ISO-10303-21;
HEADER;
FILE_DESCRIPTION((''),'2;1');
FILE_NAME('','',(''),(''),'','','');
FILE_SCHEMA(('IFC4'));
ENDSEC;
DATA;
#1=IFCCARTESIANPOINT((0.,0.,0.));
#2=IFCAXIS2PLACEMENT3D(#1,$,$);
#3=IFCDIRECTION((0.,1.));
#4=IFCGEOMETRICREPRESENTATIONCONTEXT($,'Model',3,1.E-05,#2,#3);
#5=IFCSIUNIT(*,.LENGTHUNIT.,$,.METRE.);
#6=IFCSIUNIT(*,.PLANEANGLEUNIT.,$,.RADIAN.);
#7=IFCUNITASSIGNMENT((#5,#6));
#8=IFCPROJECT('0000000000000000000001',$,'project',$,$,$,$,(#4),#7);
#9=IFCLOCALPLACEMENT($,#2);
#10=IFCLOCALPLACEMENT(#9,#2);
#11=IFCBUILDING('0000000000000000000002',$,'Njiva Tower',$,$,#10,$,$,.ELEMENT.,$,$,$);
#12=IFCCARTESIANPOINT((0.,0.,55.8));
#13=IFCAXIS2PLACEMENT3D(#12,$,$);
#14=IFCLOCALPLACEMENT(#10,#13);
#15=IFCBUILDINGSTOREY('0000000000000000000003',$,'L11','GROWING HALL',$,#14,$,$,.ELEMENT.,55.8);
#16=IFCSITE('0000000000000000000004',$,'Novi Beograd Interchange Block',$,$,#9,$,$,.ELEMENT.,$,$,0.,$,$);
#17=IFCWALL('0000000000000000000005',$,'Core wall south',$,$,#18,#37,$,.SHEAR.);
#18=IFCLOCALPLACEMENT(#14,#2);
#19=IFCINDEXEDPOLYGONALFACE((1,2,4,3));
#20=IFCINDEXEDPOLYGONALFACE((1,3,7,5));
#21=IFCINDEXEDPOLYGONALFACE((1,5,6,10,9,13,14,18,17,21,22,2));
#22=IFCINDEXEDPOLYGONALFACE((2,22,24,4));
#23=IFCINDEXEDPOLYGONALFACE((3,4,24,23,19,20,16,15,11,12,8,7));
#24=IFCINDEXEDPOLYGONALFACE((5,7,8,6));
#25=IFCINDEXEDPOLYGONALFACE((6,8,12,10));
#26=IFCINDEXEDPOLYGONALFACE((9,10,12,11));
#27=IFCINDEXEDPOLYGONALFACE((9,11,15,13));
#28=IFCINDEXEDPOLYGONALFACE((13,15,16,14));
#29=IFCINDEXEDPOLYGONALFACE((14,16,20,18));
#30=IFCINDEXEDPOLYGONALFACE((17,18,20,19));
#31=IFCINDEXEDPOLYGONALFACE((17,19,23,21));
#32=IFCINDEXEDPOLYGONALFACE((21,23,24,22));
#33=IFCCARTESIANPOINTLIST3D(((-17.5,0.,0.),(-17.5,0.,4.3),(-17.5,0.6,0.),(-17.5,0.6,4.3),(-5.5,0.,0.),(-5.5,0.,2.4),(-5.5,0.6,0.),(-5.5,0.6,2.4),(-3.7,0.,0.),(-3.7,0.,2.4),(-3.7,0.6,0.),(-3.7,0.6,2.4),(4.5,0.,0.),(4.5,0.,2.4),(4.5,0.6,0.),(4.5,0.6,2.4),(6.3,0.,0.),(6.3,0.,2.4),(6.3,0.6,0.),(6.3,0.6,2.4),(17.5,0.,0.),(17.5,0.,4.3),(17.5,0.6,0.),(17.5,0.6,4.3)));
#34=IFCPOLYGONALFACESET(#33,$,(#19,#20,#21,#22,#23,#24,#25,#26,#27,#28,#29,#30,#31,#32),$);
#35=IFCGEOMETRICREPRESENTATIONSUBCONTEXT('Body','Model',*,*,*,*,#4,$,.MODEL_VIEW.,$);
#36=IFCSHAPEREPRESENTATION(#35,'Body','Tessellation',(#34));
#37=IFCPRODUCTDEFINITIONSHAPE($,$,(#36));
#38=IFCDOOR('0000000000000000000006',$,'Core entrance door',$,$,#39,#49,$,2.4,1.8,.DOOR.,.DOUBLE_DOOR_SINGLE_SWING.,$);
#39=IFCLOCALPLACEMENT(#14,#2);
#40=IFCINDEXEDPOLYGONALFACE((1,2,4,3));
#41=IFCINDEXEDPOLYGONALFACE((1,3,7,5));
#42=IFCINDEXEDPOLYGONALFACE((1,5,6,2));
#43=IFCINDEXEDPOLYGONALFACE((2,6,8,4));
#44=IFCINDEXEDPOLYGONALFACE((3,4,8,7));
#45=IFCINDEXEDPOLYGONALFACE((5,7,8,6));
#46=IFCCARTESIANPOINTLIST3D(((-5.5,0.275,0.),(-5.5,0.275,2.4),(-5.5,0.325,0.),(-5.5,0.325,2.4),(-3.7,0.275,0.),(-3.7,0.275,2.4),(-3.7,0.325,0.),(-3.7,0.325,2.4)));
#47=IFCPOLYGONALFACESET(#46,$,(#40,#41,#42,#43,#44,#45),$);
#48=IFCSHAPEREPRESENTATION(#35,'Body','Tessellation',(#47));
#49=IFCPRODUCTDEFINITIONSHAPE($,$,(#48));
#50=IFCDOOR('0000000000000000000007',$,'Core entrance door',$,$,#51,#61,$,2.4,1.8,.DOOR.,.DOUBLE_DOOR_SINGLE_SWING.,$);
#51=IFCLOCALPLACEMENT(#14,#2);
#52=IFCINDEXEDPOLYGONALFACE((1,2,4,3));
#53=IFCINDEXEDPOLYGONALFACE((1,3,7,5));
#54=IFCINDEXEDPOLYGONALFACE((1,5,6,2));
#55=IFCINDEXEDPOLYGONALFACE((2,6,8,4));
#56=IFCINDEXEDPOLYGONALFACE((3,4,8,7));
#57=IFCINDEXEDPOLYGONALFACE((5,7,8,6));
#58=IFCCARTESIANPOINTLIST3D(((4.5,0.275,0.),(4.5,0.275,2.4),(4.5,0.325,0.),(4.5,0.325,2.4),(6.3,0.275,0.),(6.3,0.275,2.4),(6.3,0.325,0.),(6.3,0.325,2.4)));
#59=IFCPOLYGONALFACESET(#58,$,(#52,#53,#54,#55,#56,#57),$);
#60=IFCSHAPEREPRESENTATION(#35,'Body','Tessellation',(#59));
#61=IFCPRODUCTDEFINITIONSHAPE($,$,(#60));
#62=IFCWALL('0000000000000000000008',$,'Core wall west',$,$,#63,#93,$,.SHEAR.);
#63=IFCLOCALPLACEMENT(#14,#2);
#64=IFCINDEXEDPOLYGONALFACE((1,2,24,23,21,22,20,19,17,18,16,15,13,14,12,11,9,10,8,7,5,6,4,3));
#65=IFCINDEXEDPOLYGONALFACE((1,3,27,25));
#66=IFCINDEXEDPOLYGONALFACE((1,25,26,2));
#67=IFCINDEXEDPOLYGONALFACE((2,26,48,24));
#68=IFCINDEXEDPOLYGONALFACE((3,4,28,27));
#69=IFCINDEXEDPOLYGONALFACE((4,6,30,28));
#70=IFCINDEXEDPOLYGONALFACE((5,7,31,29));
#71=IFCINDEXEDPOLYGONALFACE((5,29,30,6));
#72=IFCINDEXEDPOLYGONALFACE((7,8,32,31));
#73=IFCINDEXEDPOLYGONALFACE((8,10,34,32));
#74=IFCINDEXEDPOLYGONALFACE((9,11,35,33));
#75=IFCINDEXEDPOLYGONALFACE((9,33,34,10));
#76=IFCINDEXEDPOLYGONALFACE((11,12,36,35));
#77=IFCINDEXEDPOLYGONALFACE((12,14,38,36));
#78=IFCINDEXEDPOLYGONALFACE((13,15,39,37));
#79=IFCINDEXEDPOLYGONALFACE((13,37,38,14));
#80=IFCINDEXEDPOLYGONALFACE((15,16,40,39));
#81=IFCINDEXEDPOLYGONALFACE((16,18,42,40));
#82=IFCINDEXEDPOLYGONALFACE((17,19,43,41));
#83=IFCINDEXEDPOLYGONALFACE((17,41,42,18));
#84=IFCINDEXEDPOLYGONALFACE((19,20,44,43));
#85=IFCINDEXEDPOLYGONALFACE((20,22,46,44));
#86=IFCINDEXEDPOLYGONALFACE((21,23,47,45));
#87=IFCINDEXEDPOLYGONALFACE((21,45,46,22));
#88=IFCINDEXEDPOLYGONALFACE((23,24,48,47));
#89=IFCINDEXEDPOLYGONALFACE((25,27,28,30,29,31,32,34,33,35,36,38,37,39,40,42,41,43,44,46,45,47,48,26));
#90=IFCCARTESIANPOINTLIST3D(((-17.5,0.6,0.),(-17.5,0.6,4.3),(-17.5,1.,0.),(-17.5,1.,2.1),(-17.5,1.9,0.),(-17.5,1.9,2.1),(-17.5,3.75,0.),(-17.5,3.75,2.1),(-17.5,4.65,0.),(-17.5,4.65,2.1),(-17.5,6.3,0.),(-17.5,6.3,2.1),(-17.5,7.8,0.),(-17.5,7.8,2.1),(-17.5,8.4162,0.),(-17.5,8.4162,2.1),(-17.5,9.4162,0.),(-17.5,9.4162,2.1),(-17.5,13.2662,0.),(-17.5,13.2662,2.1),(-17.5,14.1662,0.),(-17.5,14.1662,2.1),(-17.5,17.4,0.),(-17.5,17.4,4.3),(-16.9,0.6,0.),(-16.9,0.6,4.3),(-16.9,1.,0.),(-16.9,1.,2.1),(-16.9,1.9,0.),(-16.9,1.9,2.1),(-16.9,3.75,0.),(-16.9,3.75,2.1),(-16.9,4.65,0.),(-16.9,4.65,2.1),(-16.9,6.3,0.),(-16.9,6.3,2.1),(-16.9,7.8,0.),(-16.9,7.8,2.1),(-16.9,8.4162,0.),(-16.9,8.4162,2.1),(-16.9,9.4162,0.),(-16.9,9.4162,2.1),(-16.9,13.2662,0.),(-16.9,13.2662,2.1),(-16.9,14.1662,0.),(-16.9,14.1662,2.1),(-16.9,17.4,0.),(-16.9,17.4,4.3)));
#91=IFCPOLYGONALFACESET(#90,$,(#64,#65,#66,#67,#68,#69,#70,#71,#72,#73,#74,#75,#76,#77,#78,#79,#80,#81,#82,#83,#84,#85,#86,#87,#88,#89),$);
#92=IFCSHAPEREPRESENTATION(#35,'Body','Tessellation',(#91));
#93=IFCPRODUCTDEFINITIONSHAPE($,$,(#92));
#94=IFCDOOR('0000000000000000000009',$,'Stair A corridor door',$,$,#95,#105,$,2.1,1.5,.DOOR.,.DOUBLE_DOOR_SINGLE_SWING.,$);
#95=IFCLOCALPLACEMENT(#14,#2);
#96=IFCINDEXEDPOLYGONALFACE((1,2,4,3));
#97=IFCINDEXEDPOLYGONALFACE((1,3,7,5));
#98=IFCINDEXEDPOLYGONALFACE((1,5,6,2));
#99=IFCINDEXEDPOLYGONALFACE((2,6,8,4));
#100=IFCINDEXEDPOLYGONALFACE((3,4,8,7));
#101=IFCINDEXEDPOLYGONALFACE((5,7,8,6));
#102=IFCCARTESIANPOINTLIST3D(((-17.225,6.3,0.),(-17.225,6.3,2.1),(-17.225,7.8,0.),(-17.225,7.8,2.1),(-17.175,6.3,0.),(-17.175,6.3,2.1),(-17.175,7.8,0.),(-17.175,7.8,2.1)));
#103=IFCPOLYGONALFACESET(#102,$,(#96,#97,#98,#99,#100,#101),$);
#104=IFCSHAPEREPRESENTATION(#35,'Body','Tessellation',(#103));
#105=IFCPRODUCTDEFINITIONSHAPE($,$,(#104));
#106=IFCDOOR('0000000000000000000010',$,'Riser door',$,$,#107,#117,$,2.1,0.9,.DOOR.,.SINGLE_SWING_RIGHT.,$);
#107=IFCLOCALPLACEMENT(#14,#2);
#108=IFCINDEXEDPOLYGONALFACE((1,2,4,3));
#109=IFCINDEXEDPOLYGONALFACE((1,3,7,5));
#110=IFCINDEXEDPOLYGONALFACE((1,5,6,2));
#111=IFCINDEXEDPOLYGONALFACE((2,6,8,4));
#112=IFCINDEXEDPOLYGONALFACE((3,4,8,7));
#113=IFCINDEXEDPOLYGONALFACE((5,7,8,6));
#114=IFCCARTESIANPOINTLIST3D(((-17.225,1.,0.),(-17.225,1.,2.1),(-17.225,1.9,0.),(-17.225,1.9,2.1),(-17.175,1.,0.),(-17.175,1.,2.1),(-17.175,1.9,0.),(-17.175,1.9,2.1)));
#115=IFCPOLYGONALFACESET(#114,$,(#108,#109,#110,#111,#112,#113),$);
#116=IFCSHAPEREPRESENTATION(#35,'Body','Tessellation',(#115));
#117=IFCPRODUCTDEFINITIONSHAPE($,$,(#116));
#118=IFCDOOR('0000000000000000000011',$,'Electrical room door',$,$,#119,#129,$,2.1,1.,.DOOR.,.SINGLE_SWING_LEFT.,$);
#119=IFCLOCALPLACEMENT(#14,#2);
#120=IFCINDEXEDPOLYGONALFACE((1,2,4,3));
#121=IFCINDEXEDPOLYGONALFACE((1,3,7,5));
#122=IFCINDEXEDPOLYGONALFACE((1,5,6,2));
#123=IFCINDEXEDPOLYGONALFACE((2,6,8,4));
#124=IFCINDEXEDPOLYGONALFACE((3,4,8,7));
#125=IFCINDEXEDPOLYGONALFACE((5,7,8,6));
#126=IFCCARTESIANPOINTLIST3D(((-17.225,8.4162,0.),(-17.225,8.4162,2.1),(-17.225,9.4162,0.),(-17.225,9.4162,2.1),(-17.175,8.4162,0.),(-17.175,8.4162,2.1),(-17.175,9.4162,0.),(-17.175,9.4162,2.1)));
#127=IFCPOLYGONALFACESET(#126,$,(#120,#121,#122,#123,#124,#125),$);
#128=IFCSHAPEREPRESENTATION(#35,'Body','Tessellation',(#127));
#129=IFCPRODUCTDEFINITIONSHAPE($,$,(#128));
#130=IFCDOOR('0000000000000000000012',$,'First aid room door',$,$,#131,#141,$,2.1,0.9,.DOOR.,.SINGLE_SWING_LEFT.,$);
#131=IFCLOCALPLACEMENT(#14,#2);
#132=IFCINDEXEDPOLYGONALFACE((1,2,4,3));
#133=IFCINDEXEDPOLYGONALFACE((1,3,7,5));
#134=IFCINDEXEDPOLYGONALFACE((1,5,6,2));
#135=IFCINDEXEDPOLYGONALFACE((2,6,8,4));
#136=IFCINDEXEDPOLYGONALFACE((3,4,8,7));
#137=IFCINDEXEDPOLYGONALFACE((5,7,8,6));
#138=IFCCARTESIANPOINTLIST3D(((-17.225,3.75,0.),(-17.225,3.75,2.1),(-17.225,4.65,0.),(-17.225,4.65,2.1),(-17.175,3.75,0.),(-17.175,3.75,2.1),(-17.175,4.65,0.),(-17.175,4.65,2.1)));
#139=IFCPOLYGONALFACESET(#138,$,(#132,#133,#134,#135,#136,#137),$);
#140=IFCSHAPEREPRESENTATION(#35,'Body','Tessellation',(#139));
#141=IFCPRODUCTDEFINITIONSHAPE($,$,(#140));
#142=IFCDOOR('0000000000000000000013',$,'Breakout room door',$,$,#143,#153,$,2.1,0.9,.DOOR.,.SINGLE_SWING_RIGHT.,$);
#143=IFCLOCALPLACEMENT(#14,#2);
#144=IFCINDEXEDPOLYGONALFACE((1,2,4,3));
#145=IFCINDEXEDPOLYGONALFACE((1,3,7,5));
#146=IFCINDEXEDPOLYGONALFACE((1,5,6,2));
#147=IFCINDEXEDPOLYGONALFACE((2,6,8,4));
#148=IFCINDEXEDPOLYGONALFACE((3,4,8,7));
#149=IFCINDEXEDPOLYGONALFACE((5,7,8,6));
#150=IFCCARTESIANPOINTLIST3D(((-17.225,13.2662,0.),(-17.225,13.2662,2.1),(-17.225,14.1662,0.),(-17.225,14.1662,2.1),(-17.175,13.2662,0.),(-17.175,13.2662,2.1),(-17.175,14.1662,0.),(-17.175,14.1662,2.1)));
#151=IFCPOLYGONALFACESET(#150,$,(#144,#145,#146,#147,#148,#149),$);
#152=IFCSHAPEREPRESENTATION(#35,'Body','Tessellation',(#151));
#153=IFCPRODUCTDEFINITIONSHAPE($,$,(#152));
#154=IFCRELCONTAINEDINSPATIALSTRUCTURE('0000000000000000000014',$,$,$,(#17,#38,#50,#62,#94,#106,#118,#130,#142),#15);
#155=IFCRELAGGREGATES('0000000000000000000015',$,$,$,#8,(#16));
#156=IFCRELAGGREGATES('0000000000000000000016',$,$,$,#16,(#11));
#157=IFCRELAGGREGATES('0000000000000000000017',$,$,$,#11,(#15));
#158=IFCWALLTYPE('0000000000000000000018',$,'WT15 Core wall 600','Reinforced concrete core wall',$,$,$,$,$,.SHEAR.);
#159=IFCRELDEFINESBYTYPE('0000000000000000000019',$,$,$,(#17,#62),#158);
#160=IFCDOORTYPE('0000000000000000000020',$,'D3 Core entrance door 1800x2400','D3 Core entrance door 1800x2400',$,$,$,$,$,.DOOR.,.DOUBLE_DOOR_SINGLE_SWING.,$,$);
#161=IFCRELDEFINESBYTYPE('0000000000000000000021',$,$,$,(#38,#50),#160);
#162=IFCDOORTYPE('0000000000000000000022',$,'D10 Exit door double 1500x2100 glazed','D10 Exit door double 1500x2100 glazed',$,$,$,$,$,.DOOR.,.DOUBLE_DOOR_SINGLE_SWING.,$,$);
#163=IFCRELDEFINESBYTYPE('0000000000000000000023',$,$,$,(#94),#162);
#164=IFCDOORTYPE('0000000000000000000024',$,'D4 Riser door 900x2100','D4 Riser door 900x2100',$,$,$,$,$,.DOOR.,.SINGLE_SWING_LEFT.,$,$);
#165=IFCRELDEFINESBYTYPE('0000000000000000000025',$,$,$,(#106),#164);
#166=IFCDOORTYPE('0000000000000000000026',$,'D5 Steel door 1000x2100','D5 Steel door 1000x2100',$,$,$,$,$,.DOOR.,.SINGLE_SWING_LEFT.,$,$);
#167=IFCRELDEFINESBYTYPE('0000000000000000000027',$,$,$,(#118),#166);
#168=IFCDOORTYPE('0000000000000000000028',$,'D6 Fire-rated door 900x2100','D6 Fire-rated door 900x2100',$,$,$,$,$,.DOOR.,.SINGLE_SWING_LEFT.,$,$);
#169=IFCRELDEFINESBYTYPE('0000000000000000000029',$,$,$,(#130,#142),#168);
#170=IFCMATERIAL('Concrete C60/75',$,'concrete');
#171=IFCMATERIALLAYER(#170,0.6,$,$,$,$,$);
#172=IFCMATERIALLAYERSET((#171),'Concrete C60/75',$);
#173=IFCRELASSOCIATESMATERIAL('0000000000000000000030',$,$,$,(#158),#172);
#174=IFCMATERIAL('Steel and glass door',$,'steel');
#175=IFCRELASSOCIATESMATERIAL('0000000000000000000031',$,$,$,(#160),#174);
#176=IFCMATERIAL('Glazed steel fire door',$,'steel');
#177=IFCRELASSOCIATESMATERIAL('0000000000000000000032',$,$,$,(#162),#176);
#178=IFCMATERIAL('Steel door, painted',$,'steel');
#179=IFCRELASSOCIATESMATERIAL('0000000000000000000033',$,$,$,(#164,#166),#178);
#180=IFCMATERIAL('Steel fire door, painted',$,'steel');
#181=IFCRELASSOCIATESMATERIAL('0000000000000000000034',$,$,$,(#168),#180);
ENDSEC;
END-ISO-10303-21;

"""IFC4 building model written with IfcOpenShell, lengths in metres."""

from ifc_helpers import new_model, si_unit, direction, frame, frame_2d, origin, place, context, subcontext, project, spatial, rectangle, extrude, material, layer, layer_set, type_object, element, fill, save


model = new_model("IFC4")

# Units and contexts
model_context = context("Model", 3, precision=1e-05, world=origin(), true_north=direction((0.0, 1.0)))
body_context = subcontext(model_context, "Body", "Model", "MODEL_VIEW")
ifc_project = project(units=[si_unit("LENGTHUNIT", "METRE"), si_unit("PLANEANGLEUNIT", "RADIAN")], contexts=[model_context])

# Site, building, storey
site_placement = place(None, origin())
site = spatial("IfcSite", under=ifc_project, at=site_placement, Name="Novi Beograd Interchange Block", CompositionType="ELEMENT", RefElevation=0.0)
building_placement = place(site_placement, origin())
building = spatial("IfcBuilding", under=site, at=building_placement, Name="Njiva Tower", CompositionType="ELEMENT")
storey_placement = place(building_placement, frame((0.0, 0.0, 55.8)))
storey = spatial("IfcBuildingStorey", under=building, at=storey_placement, Name="L11", Description="GROWING HALL", CompositionType="ELEMENT", Elevation=55.8)

# Walls, openings, doors
ifc_material_1 = material(Name="Concrete C60/75", Category="concrete")
ifc_layer_1 = layer(ifc_material_1, 0.6)
ifc_layer_set_1 = layer_set([ifc_layer_1], Name="Concrete C60/75")
wall_type_1 = type_object("IfcWallType", Name="WT15 Core wall 600", Description="Reinforced concrete core wall", PredefinedType="SHEAR", material=ifc_layer_set_1)
wall_1_placement = place(storey_placement, frame((-17.5, 0.3, 0.0), z_axis=(0.0, 0.0, 1.0), x_axis=(1.0, 0.0, 0.0)))
wall_1 = element("IfcWall", 1, at=wall_1_placement, inside=storey, type_object=wall_type_1, Name="Core wall south", PredefinedType="SHEAR", context=body_context, shape_type="SweptSolid", body=[
    extrude(rectangle(XDim=35.0, YDim=0.6, at=frame_2d((17.5, 0.0))), origin(), (0.0, 0.0, 1.0), 4.3),
])
opening_1_placement = place(wall_1_placement, frame((12.0, 0.0, 0.0)))
opening_1 = element("IfcOpeningElement", 2, at=opening_1_placement, cuts=wall_1, PredefinedType="OPENING", context=body_context, shape_type="SweptSolid", body=[
    extrude(rectangle(XDim=1.8, YDim=2.4, at=frame_2d((0.9, 1.2))), frame((0.0, 0.31, 0.0), z_axis=(0.0, -1.0, 0.0), x_axis=(1.0, 0.0, 0.0)), (0.0, 0.0, 1.0), 0.62),
])
opening_2_placement = place(wall_1_placement, frame((22.0, 0.0, 0.0)))
opening_2 = element("IfcOpeningElement", 3, at=opening_2_placement, cuts=wall_1, PredefinedType="OPENING", context=body_context, shape_type="SweptSolid", body=[
    extrude(rectangle(XDim=1.8, YDim=2.4, at=frame_2d((0.9, 1.2))), frame((0.0, 0.31, 0.0), z_axis=(0.0, -1.0, 0.0), x_axis=(1.0, 0.0, 0.0)), (0.0, 0.0, 1.0), 0.62),
])
ifc_material_2 = material(Name="Steel and glass door", Category="steel")
door_type_1 = type_object("IfcDoorType", Name="D3 Core entrance door 1800x2400", Description="D3 Core entrance door 1800x2400", OperationType="DOUBLE_DOOR_SINGLE_SWING", PredefinedType="DOOR", material=ifc_material_2)
door_1_placement = place(opening_1_placement, origin())
door_1 = element("IfcDoor", 4, at=door_1_placement, inside=storey, type_object=door_type_1, Name="Core entrance door", OperationType="DOUBLE_DOOR_SINGLE_SWING", OverallHeight=2.4, OverallWidth=1.8, PredefinedType="DOOR", context=body_context, shape_type="SweptSolid", body=[
    extrude(rectangle(XDim=1.8, YDim=2.4, at=frame_2d((0.9, 1.2))), frame((0.0, 0.025, 0.0), z_axis=(0.0, -1.0, 0.0), x_axis=(1.0, 0.0, 0.0)), (0.0, 0.0, 1.0), 0.05),
])
fill(opening_1, door_1)
door_2_placement = place(opening_2_placement, origin())
door_2 = element("IfcDoor", 5, at=door_2_placement, inside=storey, type_object=door_type_1, Name="Core entrance door", OperationType="DOUBLE_DOOR_SINGLE_SWING", OverallHeight=2.4, OverallWidth=1.8, PredefinedType="DOOR", context=body_context, shape_type="SweptSolid", body=[
    extrude(rectangle(XDim=1.8, YDim=2.4, at=frame_2d((0.9, 1.2))), frame((0.0, 0.025, 0.0), z_axis=(0.0, -1.0, 0.0), x_axis=(1.0, 0.0, 0.0)), (0.0, 0.0, 1.0), 0.05),
])
fill(opening_2, door_2)
wall_2_placement = place(storey_placement, frame((-17.2, 0.6, 0.0), z_axis=(0.0, 0.0, 1.0), x_axis=(0.0, 1.0, 0.0)))
wall_2 = element("IfcWall", 6, at=wall_2_placement, inside=storey, type_object=wall_type_1, Name="Core wall west", PredefinedType="SHEAR", context=body_context, shape_type="SweptSolid", body=[
    extrude(rectangle(XDim=16.8, YDim=0.6, at=frame_2d((8.4, 0.0))), origin(), (0.0, 0.0, 1.0), 4.3),
])
opening_3_placement = place(wall_2_placement, frame((5.7, 0.0, 0.0)))
opening_3 = element("IfcOpeningElement", 7, at=opening_3_placement, cuts=wall_2, PredefinedType="OPENING", context=body_context, shape_type="SweptSolid", body=[
    extrude(rectangle(XDim=1.5, YDim=2.1, at=frame_2d((0.75, 1.05))), frame((0.0, 0.31, 0.0), z_axis=(0.0, -1.0, 0.0), x_axis=(1.0, 0.0, 0.0)), (0.0, 0.0, 1.0), 0.62),
])
opening_4_placement = place(wall_2_placement, frame((0.4, 0.0, 0.0)))
opening_4 = element("IfcOpeningElement", 8, at=opening_4_placement, cuts=wall_2, PredefinedType="OPENING", context=body_context, shape_type="SweptSolid", body=[
    extrude(rectangle(XDim=0.9, YDim=2.1, at=frame_2d((0.45, 1.05))), frame((0.0, 0.31, 0.0), z_axis=(0.0, -1.0, 0.0), x_axis=(1.0, 0.0, 0.0)), (0.0, 0.0, 1.0), 0.62),
])
opening_5_placement = place(wall_2_placement, frame((3.15, 0.0, 0.0)))
opening_5 = element("IfcOpeningElement", 9, at=opening_5_placement, cuts=wall_2, PredefinedType="OPENING", context=body_context, shape_type="SweptSolid", body=[
    extrude(rectangle(XDim=0.9, YDim=2.1, at=frame_2d((0.45, 1.05))), frame((0.0, 0.31, 0.0), z_axis=(0.0, -1.0, 0.0), x_axis=(1.0, 0.0, 0.0)), (0.0, 0.0, 1.0), 0.62),
])
opening_6_placement = place(wall_2_placement, frame((7.8162, 0.0, 0.0)))
opening_6 = element("IfcOpeningElement", 10, at=opening_6_placement, cuts=wall_2, PredefinedType="OPENING", context=body_context, shape_type="SweptSolid", body=[
    extrude(rectangle(XDim=1.0, YDim=2.1, at=frame_2d((0.5, 1.05))), frame((0.0, 0.31, 0.0), z_axis=(0.0, -1.0, 0.0), x_axis=(1.0, 0.0, 0.0)), (0.0, 0.0, 1.0), 0.62),
])
opening_7_placement = place(wall_2_placement, frame((12.6662, 0.0, 0.0)))
opening_7 = element("IfcOpeningElement", 11, at=opening_7_placement, cuts=wall_2, PredefinedType="OPENING", context=body_context, shape_type="SweptSolid", body=[
    extrude(rectangle(XDim=0.9, YDim=2.1, at=frame_2d((0.45, 1.05))), frame((0.0, 0.31, 0.0), z_axis=(0.0, -1.0, 0.0), x_axis=(1.0, 0.0, 0.0)), (0.0, 0.0, 1.0), 0.62),
])
ifc_material_3 = material(Name="Glazed steel fire door", Category="steel")
door_type_2 = type_object("IfcDoorType", Name="D10 Exit door double 1500x2100 glazed", Description="D10 Exit door double 1500x2100 glazed", OperationType="DOUBLE_DOOR_SINGLE_SWING", PredefinedType="DOOR", material=ifc_material_3)
door_3_placement = place(opening_3_placement, origin())
door_3 = element("IfcDoor", 12, at=door_3_placement, inside=storey, type_object=door_type_2, Name="Stair A corridor door", OperationType="DOUBLE_DOOR_SINGLE_SWING", OverallHeight=2.1, OverallWidth=1.5, PredefinedType="DOOR", context=body_context, shape_type="SweptSolid", body=[
    extrude(rectangle(XDim=1.5, YDim=2.1, at=frame_2d((0.75, 1.05))), frame((0.0, 0.025, 0.0), z_axis=(0.0, -1.0, 0.0), x_axis=(1.0, 0.0, 0.0)), (0.0, 0.0, 1.0), 0.05),
])
fill(opening_3, door_3)
ifc_material_4 = material(Name="Steel door, painted", Category="steel")
door_type_3 = type_object("IfcDoorType", Name="D4 Riser door 900x2100", Description="D4 Riser door 900x2100", OperationType="SINGLE_SWING_LEFT", PredefinedType="DOOR", material=ifc_material_4)
door_4_placement = place(opening_4_placement, origin())
door_4 = element("IfcDoor", 13, at=door_4_placement, inside=storey, type_object=door_type_3, Name="Riser door", OperationType="SINGLE_SWING_RIGHT", OverallHeight=2.1, OverallWidth=0.9, PredefinedType="DOOR", context=body_context, shape_type="SweptSolid", body=[
    extrude(rectangle(XDim=0.9, YDim=2.1, at=frame_2d((0.45, 1.05))), frame((0.0, 0.025, 0.0), z_axis=(0.0, -1.0, 0.0), x_axis=(1.0, 0.0, 0.0)), (0.0, 0.0, 1.0), 0.05),
])
fill(opening_4, door_4)
door_type_4 = type_object("IfcDoorType", Name="D5 Steel door 1000x2100", Description="D5 Steel door 1000x2100", OperationType="SINGLE_SWING_LEFT", PredefinedType="DOOR", material=ifc_material_4)
door_5_placement = place(opening_6_placement, origin())
door_5 = element("IfcDoor", 14, at=door_5_placement, inside=storey, type_object=door_type_4, Name="Electrical room door", OperationType="SINGLE_SWING_LEFT", OverallHeight=2.1, OverallWidth=1.0, PredefinedType="DOOR", context=body_context, shape_type="SweptSolid", body=[
    extrude(rectangle(XDim=1.0, YDim=2.1, at=frame_2d((0.5, 1.05))), frame((0.0, 0.025, 0.0), z_axis=(0.0, -1.0, 0.0), x_axis=(1.0, 0.0, 0.0)), (0.0, 0.0, 1.0), 0.05),
])
fill(opening_6, door_5)
ifc_material_5 = material(Name="Steel fire door, painted", Category="steel")
door_type_5 = type_object("IfcDoorType", Name="D6 Fire-rated door 900x2100", Description="D6 Fire-rated door 900x2100", OperationType="SINGLE_SWING_LEFT", PredefinedType="DOOR", material=ifc_material_5)
door_6_placement = place(opening_5_placement, origin())
door_6 = element("IfcDoor", 15, at=door_6_placement, inside=storey, type_object=door_type_5, Name="First aid room door", OperationType="SINGLE_SWING_LEFT", OverallHeight=2.1, OverallWidth=0.9, PredefinedType="DOOR", context=body_context, shape_type="SweptSolid", body=[
    extrude(rectangle(XDim=0.9, YDim=2.1, at=frame_2d((0.45, 1.05))), frame((0.0, 0.025, 0.0), z_axis=(0.0, -1.0, 0.0), x_axis=(1.0, 0.0, 0.0)), (0.0, 0.0, 1.0), 0.05),
])
fill(opening_5, door_6)
door_7_placement = place(opening_7_placement, origin())
door_7 = element("IfcDoor", 16, at=door_7_placement, inside=storey, type_object=door_type_5, Name="Breakout room door", OperationType="SINGLE_SWING_RIGHT", OverallHeight=2.1, OverallWidth=0.9, PredefinedType="DOOR", context=body_context, shape_type="SweptSolid", body=[
    extrude(rectangle(XDim=0.9, YDim=2.1, at=frame_2d((0.45, 1.05))), frame((0.0, 0.025, 0.0), z_axis=(0.0, -1.0, 0.0), x_axis=(1.0, 0.0, 0.0)), (0.0, 0.0, 1.0), 0.05),
])
fill(opening_7, door_7)

save(model, "model.ifc")
